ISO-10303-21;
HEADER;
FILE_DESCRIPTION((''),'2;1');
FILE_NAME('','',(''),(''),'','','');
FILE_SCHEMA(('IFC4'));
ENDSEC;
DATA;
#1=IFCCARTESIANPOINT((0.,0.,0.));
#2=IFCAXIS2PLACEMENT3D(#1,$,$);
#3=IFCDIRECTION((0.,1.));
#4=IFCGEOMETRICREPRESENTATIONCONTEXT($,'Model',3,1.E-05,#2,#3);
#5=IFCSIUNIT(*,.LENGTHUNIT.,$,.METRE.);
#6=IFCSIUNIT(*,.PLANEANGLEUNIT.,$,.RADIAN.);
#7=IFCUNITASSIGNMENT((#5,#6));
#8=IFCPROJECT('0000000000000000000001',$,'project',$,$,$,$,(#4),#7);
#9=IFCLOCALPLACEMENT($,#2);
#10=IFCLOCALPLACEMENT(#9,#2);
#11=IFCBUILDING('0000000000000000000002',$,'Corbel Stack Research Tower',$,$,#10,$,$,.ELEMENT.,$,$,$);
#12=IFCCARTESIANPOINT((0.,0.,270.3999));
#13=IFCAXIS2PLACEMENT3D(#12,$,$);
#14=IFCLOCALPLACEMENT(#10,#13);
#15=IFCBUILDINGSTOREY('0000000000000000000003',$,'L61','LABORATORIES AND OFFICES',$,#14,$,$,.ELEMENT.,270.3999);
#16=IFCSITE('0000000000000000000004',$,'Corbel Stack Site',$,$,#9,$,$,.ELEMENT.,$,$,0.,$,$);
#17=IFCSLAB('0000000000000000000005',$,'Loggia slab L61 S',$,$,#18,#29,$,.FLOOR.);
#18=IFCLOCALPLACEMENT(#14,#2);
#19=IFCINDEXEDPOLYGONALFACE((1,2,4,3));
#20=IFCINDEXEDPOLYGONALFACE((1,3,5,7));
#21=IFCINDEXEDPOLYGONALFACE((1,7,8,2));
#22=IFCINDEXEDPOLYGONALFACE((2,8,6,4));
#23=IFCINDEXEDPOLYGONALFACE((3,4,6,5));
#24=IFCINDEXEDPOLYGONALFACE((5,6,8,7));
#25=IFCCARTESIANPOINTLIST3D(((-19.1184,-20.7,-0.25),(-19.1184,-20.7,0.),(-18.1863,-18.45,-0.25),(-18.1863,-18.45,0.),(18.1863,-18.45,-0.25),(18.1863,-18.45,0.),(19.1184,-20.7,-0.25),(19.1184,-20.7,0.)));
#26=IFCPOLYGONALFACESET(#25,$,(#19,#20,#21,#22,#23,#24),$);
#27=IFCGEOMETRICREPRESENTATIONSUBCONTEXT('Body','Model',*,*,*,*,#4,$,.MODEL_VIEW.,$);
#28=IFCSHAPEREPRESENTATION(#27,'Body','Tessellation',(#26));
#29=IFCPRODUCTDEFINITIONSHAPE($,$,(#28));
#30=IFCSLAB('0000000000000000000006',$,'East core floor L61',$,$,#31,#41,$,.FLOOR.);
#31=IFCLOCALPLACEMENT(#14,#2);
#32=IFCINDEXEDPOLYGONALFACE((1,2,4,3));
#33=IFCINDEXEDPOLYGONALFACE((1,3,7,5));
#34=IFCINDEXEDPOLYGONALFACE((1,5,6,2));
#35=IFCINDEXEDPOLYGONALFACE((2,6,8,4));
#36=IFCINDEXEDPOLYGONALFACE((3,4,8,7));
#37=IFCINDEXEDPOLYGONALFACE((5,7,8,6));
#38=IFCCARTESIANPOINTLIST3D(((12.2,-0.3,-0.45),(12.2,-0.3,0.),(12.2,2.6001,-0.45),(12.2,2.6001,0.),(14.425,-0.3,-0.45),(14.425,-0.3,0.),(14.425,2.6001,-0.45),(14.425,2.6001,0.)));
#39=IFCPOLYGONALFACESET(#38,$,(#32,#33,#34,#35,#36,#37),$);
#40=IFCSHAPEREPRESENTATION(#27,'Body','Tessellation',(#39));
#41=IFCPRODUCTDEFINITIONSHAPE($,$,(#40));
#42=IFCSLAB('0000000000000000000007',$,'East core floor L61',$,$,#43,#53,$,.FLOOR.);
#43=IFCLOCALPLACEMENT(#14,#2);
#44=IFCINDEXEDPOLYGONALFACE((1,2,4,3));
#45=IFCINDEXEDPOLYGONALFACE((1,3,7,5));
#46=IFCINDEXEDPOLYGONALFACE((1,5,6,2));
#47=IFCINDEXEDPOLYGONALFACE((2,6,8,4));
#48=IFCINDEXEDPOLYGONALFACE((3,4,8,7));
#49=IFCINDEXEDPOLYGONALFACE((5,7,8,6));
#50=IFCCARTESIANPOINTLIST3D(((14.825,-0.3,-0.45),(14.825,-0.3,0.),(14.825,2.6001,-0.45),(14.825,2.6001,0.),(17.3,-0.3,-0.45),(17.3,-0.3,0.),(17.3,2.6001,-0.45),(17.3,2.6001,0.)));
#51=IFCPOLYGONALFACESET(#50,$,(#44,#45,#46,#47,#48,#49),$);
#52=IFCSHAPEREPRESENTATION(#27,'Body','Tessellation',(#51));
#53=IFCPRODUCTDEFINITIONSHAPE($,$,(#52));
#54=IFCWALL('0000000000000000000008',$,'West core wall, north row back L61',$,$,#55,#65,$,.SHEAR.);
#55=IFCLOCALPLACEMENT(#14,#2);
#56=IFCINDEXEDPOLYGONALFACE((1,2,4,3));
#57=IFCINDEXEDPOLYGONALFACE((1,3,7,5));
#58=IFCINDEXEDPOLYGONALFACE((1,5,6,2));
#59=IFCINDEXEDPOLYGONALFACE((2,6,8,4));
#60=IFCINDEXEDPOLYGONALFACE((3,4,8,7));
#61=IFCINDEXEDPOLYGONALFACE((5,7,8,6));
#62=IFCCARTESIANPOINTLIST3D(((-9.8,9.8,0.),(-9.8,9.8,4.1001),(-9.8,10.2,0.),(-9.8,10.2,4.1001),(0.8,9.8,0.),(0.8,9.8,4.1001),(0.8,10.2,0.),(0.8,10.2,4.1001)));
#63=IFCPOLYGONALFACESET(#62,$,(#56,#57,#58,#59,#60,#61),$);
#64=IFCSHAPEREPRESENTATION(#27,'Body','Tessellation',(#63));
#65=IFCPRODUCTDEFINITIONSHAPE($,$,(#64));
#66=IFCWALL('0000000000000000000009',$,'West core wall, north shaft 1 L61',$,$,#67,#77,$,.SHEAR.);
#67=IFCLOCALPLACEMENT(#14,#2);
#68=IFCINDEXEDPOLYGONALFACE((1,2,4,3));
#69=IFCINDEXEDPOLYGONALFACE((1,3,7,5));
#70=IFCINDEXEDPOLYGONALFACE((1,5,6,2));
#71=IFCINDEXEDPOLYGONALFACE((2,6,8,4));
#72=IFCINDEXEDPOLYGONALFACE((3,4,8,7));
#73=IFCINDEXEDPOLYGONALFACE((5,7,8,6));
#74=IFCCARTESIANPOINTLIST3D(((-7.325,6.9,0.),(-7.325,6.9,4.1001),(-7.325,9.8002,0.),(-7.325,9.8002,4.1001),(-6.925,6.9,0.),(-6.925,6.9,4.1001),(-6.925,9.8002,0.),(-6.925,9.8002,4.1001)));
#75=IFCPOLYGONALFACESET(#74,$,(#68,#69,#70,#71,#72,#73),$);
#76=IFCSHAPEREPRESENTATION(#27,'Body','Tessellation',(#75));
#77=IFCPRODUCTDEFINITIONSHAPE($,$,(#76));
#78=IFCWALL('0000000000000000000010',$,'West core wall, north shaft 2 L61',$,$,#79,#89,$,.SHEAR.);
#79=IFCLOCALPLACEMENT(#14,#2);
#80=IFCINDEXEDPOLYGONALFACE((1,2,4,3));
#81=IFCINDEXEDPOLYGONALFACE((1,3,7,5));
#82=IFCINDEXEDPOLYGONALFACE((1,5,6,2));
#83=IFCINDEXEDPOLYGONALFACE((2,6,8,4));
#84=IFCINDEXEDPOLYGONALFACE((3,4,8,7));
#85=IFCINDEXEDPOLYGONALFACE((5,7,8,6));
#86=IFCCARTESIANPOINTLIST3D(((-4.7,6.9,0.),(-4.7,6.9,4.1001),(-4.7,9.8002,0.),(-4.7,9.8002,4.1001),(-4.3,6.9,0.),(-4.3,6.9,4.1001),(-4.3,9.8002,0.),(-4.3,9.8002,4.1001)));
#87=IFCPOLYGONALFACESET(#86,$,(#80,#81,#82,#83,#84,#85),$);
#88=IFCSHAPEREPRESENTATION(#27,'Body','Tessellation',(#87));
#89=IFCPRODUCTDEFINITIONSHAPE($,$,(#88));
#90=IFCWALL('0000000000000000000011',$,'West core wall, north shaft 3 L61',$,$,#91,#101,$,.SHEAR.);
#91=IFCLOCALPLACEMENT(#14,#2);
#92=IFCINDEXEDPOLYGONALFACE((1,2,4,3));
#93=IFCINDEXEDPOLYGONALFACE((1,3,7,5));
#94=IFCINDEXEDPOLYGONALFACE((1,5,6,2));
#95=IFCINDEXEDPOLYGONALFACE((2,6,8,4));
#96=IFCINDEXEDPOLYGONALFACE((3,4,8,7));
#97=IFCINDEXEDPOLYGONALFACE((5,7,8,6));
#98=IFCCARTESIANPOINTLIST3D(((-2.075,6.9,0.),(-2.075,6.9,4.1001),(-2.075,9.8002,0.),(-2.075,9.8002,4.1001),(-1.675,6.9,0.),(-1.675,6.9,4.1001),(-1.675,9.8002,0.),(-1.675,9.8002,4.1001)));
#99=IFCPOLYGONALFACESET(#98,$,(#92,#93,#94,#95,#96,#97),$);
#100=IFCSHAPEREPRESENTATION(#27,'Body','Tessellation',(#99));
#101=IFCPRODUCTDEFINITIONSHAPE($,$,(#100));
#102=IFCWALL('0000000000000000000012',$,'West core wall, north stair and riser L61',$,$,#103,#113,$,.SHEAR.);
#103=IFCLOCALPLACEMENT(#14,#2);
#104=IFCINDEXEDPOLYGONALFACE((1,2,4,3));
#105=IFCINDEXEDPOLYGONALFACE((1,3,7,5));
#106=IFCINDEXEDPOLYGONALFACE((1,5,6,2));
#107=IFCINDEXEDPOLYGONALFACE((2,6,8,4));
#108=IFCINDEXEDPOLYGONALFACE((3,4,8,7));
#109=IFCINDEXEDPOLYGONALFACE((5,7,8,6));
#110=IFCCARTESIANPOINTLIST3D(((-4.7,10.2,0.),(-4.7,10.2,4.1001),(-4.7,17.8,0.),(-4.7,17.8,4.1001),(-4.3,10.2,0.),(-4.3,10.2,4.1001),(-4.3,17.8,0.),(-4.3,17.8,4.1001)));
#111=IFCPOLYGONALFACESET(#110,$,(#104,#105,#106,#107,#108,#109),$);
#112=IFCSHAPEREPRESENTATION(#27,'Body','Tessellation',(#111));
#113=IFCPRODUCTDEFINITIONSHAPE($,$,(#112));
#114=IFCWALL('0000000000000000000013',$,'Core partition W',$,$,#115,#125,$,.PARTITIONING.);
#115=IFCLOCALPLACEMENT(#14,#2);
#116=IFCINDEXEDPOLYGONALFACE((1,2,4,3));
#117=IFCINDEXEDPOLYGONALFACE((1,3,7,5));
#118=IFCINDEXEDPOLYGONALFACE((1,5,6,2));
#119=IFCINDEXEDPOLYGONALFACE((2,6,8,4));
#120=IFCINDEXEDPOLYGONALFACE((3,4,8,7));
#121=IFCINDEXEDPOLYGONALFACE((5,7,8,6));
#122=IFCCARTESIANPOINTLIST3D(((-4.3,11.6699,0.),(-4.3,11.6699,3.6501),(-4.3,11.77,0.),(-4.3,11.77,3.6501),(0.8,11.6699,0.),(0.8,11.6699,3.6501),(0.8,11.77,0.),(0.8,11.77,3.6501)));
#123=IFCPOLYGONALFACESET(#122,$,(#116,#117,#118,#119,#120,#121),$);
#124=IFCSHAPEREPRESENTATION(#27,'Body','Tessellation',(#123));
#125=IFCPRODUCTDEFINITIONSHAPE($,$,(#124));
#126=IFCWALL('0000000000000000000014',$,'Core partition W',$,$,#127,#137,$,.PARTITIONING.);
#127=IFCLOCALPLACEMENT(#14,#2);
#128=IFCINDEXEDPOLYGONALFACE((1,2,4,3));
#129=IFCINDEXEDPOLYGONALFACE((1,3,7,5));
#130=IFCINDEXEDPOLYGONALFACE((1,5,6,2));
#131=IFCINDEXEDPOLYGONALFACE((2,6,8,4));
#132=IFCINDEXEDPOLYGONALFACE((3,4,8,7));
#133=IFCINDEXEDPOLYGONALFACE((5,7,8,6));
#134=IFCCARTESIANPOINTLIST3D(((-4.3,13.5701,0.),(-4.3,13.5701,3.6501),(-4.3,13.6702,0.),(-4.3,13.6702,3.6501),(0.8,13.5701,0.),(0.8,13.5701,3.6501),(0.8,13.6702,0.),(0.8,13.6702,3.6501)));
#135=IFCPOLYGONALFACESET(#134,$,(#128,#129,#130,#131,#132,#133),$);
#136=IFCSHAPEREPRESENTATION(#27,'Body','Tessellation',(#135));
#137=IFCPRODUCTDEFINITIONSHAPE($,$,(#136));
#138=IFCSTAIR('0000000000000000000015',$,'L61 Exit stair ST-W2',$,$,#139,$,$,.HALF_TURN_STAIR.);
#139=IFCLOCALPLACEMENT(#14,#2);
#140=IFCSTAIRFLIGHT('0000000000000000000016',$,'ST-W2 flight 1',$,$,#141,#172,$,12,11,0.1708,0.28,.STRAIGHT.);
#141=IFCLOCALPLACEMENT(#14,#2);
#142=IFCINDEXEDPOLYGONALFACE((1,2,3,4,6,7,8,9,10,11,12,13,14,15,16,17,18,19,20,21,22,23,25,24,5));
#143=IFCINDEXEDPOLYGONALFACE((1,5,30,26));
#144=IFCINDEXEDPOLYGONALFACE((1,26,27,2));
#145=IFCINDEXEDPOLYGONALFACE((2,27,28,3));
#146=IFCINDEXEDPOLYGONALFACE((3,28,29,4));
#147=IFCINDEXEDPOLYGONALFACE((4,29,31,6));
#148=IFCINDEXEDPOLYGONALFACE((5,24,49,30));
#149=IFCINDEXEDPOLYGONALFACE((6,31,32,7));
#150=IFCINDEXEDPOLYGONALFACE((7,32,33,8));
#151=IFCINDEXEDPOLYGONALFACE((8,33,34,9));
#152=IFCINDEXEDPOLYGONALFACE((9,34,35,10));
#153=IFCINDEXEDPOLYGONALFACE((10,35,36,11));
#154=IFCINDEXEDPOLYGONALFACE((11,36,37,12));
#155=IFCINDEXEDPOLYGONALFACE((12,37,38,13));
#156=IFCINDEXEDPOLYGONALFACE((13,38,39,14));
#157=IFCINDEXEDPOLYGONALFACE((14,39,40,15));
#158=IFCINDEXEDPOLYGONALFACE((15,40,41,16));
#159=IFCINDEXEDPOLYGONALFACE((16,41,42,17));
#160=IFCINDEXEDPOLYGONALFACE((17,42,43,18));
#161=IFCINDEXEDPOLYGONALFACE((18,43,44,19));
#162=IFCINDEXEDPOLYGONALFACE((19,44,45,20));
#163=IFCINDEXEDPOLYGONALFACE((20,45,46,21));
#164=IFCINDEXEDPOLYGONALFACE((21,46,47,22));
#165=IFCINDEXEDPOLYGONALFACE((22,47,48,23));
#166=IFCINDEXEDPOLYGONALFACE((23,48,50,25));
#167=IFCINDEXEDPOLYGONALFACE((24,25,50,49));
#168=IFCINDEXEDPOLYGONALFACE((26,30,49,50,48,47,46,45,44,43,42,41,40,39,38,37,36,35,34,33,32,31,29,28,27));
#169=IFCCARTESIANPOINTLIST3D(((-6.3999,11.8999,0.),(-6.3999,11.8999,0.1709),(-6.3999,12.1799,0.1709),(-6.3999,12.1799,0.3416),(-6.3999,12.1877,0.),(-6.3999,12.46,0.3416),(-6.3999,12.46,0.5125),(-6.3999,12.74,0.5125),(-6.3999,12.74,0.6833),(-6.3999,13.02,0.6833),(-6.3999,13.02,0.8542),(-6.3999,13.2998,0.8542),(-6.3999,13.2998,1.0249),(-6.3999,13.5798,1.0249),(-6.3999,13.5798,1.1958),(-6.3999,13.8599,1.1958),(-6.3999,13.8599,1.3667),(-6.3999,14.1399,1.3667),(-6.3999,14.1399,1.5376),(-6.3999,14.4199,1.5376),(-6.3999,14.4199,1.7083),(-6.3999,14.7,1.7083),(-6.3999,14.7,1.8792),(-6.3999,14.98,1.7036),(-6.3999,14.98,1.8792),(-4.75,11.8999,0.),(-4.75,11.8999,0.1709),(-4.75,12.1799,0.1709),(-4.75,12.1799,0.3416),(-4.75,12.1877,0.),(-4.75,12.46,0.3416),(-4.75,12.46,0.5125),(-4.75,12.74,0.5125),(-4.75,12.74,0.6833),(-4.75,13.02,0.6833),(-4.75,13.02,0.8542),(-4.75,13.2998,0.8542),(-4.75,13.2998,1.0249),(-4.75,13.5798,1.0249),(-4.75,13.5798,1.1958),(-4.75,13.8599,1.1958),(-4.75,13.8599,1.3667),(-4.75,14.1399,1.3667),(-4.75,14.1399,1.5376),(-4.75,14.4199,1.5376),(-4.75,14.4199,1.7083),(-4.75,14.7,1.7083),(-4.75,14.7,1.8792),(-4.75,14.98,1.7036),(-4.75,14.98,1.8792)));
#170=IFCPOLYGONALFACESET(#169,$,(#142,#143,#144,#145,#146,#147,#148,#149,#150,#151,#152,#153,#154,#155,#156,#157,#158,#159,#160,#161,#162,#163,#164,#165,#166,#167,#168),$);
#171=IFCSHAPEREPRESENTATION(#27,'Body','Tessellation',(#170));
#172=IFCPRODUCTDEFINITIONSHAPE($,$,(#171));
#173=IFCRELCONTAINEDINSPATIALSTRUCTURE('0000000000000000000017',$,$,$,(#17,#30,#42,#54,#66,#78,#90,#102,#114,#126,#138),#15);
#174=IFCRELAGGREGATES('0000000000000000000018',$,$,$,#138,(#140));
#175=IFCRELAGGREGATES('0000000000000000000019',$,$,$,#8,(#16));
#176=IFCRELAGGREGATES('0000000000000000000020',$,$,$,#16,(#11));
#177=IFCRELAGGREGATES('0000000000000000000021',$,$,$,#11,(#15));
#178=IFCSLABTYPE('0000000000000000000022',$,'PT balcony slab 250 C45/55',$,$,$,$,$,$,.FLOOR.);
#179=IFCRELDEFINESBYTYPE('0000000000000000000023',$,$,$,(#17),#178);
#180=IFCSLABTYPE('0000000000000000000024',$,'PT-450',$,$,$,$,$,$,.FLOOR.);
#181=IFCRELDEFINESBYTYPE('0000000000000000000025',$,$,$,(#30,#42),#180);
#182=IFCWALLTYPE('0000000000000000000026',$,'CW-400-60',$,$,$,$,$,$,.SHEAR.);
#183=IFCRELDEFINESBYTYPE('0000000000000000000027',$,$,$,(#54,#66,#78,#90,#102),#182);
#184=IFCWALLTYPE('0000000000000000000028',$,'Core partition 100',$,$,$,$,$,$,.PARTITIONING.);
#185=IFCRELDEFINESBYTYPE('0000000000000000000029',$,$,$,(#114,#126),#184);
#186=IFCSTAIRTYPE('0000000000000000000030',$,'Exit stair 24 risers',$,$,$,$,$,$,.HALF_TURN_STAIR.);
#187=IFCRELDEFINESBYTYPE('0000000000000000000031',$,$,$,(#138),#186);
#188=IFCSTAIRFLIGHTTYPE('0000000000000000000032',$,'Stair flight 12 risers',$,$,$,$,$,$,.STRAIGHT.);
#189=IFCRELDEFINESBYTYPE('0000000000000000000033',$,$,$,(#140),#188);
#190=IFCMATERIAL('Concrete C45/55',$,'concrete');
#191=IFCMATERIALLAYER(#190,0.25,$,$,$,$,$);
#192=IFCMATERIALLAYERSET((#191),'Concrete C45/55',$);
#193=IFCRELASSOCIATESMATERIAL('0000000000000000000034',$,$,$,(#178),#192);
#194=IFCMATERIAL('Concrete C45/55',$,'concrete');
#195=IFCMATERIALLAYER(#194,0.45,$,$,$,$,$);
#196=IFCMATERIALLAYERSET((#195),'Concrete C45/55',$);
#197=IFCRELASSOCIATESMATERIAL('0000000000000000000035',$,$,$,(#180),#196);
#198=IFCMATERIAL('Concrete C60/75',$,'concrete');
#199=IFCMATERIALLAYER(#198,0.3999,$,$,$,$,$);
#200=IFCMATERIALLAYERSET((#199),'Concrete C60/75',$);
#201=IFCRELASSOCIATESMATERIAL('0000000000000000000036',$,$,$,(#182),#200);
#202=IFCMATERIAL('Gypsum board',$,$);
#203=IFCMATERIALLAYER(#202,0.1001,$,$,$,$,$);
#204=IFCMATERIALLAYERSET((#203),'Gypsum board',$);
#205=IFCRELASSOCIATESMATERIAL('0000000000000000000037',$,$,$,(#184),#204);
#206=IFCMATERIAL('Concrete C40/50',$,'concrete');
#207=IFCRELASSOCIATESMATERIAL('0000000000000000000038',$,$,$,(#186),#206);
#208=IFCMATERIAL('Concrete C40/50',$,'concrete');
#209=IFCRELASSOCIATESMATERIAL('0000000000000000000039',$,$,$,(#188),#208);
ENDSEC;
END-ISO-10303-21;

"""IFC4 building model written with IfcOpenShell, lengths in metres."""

from ifc_helpers import new_model, si_unit, direction, frame, frame_2d, origin, place, context, subcontext, project, spatial, polyline, rectangle, outline, extrude, material, layer, layer_set, type_object, element, aggregate, save


model = new_model("IFC4")

# Units and contexts
model_context = context("Model", 3, precision=1e-05, world=origin(), true_north=direction((0.0, 1.0)))
body_context = subcontext(model_context, "Body", "Model", "MODEL_VIEW")
ifc_project = project(units=[si_unit("LENGTHUNIT", "METRE"), si_unit("PLANEANGLEUNIT", "RADIAN")], contexts=[model_context])

# Site, building, storey
site_placement = place(None, origin())
site = spatial("IfcSite", under=ifc_project, at=site_placement, Name="Corbel Stack Site", CompositionType="ELEMENT", RefElevation=0.0)
building_placement = place(site_placement, origin())
building = spatial("IfcBuilding", under=site, at=building_placement, Name="Corbel Stack Research Tower", CompositionType="ELEMENT")
storey_placement = place(building_placement, frame((0.0, 0.0, 270.3999)))
storey = spatial("IfcBuildingStorey", under=building, at=storey_placement, Name="L61", Description="LABORATORIES AND OFFICES", CompositionType="ELEMENT", Elevation=270.3999)

# Slabs
ifc_material_1 = material(Name="Concrete C45/55", Category="concrete")
ifc_layer_1 = layer(ifc_material_1, 0.25)
ifc_layer_set_1 = layer_set([ifc_layer_1], Name="Concrete C45/55")
slab_type_1 = type_object("IfcSlabType", Name="PT balcony slab 250 C45/55", PredefinedType="FLOOR", material=ifc_layer_set_1)
slab_1_placement = place(storey_placement, frame((0.0, 0.0, -0.25)))
element("IfcSlab", 1, at=slab_1_placement, inside=storey, type_object=slab_type_1, Name="Loggia slab L61 S", PredefinedType="FLOOR", context=body_context, shape_type="SweptSolid", body=[
    extrude(outline(polyline([(18.1863, -18.45), (-18.1863, -18.45), (-19.1184, -20.7), (19.1184, -20.7), (18.1863, -18.45)])), origin(), (0.0, 0.0, 1.0), 0.25),
])
ifc_material_2 = material(Name="Concrete C45/55", Category="concrete")
ifc_layer_2 = layer(ifc_material_2, 0.45)
ifc_layer_set_2 = layer_set([ifc_layer_2], Name="Concrete C45/55")
slab_type_2 = type_object("IfcSlabType", Name="PT-450", PredefinedType="FLOOR", material=ifc_layer_set_2)
slab_2_placement = place(storey_placement, frame((0.0, 0.0, -0.45)))
element("IfcSlab", 2, at=slab_2_placement, inside=storey, type_object=slab_type_2, Name="East core floor L61", PredefinedType="FLOOR", context=body_context, shape_type="SweptSolid", body=[
    extrude(outline(polyline([(12.2, 2.6001), (12.2, -0.3), (14.425, -0.3), (14.425, 2.6001), (12.2, 2.6001)])), origin(), (0.0, 0.0, 1.0), 0.45),
])
slab_3_placement = place(storey_placement, frame((0.0, 0.0, -0.45)))
element("IfcSlab", 3, at=slab_3_placement, inside=storey, type_object=slab_type_2, Name="East core floor L61", PredefinedType="FLOOR", context=body_context, shape_type="SweptSolid", body=[
    extrude(outline(polyline([(14.825, 2.6001), (14.825, -0.3), (17.3, -0.3), (17.3, 2.6001), (14.825, 2.6001)])), origin(), (0.0, 0.0, 1.0), 0.45),
])

# Walls
ifc_material_3 = material(Name="Concrete C60/75", Category="concrete")
ifc_layer_3 = layer(ifc_material_3, 0.3999)
ifc_layer_set_3 = layer_set([ifc_layer_3], Name="Concrete C60/75")
wall_type_1 = type_object("IfcWallType", Name="CW-400-60", PredefinedType="SHEAR", material=ifc_layer_set_3)
wall_1_placement = place(storey_placement, frame((-9.8, 10.0, 0.0), z_axis=(0.0, 0.0, 1.0), x_axis=(1.0, 0.0, 0.0)))
element("IfcWall", 4, at=wall_1_placement, inside=storey, type_object=wall_type_1, Name="West core wall, north row back L61", PredefinedType="SHEAR", context=body_context, shape_type="SweptSolid", body=[
    extrude(rectangle(XDim=10.6001, YDim=0.3999, at=frame_2d((5.3, 0.0))), origin(), (0.0, 0.0, 1.0), 4.1001),
])
for number, where, z_axis, x_axis, name in (
    (5, (-7.125, 6.8999, 0.0), (0.0, 0.0, 1.0), (0.0, 1.0, 0.0), "West core wall, north shaft 1 L61"),
    (6, (-4.5, 6.8999, 0.0), (0.0, 0.0, 1.0), (0.0, 1.0, 0.0), "West core wall, north shaft 2 L61"),
    (7, (-1.875, 6.8999, 0.0), (0.0, 0.0, 1.0), (0.0, 1.0, 0.0), "West core wall, north shaft 3 L61"),
):
    element("IfcWall", number, at=place(storey_placement, frame(where, z_axis=z_axis, x_axis=x_axis)), inside=storey, type_object=wall_type_1, Name=name, PredefinedType="SHEAR", context=body_context, shape_type="SweptSolid", body=[
        extrude(rectangle(XDim=2.9001, YDim=0.3999, at=frame_2d((1.4502, 0.0))), origin(), (0.0, 0.0, 1.0), 4.1001),
    ])
wall_2_placement = place(storey_placement, frame((-4.5, 10.2, 0.0), z_axis=(0.0, 0.0, 1.0), x_axis=(0.0, 1.0, 0.0)))
element("IfcWall", 8, at=wall_2_placement, inside=storey, type_object=wall_type_1, Name="West core wall, north stair and riser L61", PredefinedType="SHEAR", context=body_context, shape_type="SweptSolid", body=[
    extrude(rectangle(XDim=7.6001, YDim=0.3999, at=frame_2d((3.8, 0.0))), origin(), (0.0, 0.0, 1.0), 4.1001),
])
ifc_material_4 = material(Name="Gypsum board")
ifc_layer_4 = layer(ifc_material_4, 0.1001)
ifc_layer_set_4 = layer_set([ifc_layer_4], Name="Gypsum board")
wall_type_2 = type_object("IfcWallType", Name="Core partition 100", PredefinedType="PARTITIONING", material=ifc_layer_set_4)
for number, where, z_axis, x_axis, name in (
    (9, (-4.3, 11.72, 0.0), (0.0, 0.0, 1.0), (1.0, 0.0, 0.0), "Core partition W"),
    (10, (-4.3, 13.6201, 0.0), (0.0, 0.0, 1.0), (1.0, 0.0, 0.0), "Core partition W"),
):
    element("IfcWall", number, at=place(storey_placement, frame(where, z_axis=z_axis, x_axis=x_axis)), inside=storey, type_object=wall_type_2, Name=name, PredefinedType="PARTITIONING", context=body_context, shape_type="SweptSolid", body=[
        extrude(rectangle(XDim=5.1001, YDim=0.1001, at=frame_2d((2.55, 0.0))), origin(), (0.0, 0.0, 1.0), 3.6501),
    ])

# Stair, stair flight
ifc_material_5 = material(Name="Concrete C40/50", Category="concrete")
stair_type = type_object("IfcStairType", Name="Exit stair 24 risers", PredefinedType="HALF_TURN_STAIR", material=ifc_material_5)
stair_placement = place(storey_placement, origin())
stair = element("IfcStair", 11, at=stair_placement, inside=storey, type_object=stair_type, Name="L61 Exit stair ST-W2", PredefinedType="HALF_TURN_STAIR")
ifc_material_6 = material(Name="Concrete C40/50", Category="concrete")
stair_flight_type = type_object("IfcStairFlightType", Name="Stair flight 12 risers", PredefinedType="STRAIGHT", material=ifc_material_6)
stair_flight_1_placement = place(storey_placement, frame((-5.575, 11.8999, 0.0), z_axis=(0.0, 0.0, 1.0), x_axis=(0.0, 1.0, 0.0)))
stair_flight_1 = element("IfcStairFlight", 12, at=stair_flight_1_placement, type_object=stair_flight_type, Name="ST-W2 flight 1", NumberOfRisers=12, NumberOfTreads=11, PredefinedType="STRAIGHT", RiserHeight=0.1708, TreadLength=0.28, context=body_context, shape_type="SweptSolid", body=[
    extrude(outline(polyline([(0.0, 0.0), (0.0, 0.1709), (0.28, 0.1709), (0.28, 0.3416), (0.5601, 0.3416), (0.5601, 0.5125), (0.8401, 0.5125), (0.8401, 0.6833), (1.1201, 0.6833), (1.1201, 0.8542), (1.3999, 0.8542), (1.3999, 1.0249), (1.6799, 1.0249), (1.6799, 1.1958), (1.96, 1.1958), (1.96, 1.3667), (2.24, 1.3667), (2.24, 1.5376), (2.52, 1.5376), (2.52, 1.7083), (2.8, 1.7083), (2.8, 1.8792), (3.0801, 1.8792), (3.0801, 2.05), (3.0801, 1.7036), (0.2878, 0.0), (0.0, 0.0)])), frame((0.0, 0.825, 0.0), z_axis=(0.0, -1.0, 0.0), x_axis=(1.0, 0.0, 0.0)), (0.0, 0.0, 1.0), 1.6499),
])
aggregate(stair, [stair_flight_1])

save(model, "model.ifc")
